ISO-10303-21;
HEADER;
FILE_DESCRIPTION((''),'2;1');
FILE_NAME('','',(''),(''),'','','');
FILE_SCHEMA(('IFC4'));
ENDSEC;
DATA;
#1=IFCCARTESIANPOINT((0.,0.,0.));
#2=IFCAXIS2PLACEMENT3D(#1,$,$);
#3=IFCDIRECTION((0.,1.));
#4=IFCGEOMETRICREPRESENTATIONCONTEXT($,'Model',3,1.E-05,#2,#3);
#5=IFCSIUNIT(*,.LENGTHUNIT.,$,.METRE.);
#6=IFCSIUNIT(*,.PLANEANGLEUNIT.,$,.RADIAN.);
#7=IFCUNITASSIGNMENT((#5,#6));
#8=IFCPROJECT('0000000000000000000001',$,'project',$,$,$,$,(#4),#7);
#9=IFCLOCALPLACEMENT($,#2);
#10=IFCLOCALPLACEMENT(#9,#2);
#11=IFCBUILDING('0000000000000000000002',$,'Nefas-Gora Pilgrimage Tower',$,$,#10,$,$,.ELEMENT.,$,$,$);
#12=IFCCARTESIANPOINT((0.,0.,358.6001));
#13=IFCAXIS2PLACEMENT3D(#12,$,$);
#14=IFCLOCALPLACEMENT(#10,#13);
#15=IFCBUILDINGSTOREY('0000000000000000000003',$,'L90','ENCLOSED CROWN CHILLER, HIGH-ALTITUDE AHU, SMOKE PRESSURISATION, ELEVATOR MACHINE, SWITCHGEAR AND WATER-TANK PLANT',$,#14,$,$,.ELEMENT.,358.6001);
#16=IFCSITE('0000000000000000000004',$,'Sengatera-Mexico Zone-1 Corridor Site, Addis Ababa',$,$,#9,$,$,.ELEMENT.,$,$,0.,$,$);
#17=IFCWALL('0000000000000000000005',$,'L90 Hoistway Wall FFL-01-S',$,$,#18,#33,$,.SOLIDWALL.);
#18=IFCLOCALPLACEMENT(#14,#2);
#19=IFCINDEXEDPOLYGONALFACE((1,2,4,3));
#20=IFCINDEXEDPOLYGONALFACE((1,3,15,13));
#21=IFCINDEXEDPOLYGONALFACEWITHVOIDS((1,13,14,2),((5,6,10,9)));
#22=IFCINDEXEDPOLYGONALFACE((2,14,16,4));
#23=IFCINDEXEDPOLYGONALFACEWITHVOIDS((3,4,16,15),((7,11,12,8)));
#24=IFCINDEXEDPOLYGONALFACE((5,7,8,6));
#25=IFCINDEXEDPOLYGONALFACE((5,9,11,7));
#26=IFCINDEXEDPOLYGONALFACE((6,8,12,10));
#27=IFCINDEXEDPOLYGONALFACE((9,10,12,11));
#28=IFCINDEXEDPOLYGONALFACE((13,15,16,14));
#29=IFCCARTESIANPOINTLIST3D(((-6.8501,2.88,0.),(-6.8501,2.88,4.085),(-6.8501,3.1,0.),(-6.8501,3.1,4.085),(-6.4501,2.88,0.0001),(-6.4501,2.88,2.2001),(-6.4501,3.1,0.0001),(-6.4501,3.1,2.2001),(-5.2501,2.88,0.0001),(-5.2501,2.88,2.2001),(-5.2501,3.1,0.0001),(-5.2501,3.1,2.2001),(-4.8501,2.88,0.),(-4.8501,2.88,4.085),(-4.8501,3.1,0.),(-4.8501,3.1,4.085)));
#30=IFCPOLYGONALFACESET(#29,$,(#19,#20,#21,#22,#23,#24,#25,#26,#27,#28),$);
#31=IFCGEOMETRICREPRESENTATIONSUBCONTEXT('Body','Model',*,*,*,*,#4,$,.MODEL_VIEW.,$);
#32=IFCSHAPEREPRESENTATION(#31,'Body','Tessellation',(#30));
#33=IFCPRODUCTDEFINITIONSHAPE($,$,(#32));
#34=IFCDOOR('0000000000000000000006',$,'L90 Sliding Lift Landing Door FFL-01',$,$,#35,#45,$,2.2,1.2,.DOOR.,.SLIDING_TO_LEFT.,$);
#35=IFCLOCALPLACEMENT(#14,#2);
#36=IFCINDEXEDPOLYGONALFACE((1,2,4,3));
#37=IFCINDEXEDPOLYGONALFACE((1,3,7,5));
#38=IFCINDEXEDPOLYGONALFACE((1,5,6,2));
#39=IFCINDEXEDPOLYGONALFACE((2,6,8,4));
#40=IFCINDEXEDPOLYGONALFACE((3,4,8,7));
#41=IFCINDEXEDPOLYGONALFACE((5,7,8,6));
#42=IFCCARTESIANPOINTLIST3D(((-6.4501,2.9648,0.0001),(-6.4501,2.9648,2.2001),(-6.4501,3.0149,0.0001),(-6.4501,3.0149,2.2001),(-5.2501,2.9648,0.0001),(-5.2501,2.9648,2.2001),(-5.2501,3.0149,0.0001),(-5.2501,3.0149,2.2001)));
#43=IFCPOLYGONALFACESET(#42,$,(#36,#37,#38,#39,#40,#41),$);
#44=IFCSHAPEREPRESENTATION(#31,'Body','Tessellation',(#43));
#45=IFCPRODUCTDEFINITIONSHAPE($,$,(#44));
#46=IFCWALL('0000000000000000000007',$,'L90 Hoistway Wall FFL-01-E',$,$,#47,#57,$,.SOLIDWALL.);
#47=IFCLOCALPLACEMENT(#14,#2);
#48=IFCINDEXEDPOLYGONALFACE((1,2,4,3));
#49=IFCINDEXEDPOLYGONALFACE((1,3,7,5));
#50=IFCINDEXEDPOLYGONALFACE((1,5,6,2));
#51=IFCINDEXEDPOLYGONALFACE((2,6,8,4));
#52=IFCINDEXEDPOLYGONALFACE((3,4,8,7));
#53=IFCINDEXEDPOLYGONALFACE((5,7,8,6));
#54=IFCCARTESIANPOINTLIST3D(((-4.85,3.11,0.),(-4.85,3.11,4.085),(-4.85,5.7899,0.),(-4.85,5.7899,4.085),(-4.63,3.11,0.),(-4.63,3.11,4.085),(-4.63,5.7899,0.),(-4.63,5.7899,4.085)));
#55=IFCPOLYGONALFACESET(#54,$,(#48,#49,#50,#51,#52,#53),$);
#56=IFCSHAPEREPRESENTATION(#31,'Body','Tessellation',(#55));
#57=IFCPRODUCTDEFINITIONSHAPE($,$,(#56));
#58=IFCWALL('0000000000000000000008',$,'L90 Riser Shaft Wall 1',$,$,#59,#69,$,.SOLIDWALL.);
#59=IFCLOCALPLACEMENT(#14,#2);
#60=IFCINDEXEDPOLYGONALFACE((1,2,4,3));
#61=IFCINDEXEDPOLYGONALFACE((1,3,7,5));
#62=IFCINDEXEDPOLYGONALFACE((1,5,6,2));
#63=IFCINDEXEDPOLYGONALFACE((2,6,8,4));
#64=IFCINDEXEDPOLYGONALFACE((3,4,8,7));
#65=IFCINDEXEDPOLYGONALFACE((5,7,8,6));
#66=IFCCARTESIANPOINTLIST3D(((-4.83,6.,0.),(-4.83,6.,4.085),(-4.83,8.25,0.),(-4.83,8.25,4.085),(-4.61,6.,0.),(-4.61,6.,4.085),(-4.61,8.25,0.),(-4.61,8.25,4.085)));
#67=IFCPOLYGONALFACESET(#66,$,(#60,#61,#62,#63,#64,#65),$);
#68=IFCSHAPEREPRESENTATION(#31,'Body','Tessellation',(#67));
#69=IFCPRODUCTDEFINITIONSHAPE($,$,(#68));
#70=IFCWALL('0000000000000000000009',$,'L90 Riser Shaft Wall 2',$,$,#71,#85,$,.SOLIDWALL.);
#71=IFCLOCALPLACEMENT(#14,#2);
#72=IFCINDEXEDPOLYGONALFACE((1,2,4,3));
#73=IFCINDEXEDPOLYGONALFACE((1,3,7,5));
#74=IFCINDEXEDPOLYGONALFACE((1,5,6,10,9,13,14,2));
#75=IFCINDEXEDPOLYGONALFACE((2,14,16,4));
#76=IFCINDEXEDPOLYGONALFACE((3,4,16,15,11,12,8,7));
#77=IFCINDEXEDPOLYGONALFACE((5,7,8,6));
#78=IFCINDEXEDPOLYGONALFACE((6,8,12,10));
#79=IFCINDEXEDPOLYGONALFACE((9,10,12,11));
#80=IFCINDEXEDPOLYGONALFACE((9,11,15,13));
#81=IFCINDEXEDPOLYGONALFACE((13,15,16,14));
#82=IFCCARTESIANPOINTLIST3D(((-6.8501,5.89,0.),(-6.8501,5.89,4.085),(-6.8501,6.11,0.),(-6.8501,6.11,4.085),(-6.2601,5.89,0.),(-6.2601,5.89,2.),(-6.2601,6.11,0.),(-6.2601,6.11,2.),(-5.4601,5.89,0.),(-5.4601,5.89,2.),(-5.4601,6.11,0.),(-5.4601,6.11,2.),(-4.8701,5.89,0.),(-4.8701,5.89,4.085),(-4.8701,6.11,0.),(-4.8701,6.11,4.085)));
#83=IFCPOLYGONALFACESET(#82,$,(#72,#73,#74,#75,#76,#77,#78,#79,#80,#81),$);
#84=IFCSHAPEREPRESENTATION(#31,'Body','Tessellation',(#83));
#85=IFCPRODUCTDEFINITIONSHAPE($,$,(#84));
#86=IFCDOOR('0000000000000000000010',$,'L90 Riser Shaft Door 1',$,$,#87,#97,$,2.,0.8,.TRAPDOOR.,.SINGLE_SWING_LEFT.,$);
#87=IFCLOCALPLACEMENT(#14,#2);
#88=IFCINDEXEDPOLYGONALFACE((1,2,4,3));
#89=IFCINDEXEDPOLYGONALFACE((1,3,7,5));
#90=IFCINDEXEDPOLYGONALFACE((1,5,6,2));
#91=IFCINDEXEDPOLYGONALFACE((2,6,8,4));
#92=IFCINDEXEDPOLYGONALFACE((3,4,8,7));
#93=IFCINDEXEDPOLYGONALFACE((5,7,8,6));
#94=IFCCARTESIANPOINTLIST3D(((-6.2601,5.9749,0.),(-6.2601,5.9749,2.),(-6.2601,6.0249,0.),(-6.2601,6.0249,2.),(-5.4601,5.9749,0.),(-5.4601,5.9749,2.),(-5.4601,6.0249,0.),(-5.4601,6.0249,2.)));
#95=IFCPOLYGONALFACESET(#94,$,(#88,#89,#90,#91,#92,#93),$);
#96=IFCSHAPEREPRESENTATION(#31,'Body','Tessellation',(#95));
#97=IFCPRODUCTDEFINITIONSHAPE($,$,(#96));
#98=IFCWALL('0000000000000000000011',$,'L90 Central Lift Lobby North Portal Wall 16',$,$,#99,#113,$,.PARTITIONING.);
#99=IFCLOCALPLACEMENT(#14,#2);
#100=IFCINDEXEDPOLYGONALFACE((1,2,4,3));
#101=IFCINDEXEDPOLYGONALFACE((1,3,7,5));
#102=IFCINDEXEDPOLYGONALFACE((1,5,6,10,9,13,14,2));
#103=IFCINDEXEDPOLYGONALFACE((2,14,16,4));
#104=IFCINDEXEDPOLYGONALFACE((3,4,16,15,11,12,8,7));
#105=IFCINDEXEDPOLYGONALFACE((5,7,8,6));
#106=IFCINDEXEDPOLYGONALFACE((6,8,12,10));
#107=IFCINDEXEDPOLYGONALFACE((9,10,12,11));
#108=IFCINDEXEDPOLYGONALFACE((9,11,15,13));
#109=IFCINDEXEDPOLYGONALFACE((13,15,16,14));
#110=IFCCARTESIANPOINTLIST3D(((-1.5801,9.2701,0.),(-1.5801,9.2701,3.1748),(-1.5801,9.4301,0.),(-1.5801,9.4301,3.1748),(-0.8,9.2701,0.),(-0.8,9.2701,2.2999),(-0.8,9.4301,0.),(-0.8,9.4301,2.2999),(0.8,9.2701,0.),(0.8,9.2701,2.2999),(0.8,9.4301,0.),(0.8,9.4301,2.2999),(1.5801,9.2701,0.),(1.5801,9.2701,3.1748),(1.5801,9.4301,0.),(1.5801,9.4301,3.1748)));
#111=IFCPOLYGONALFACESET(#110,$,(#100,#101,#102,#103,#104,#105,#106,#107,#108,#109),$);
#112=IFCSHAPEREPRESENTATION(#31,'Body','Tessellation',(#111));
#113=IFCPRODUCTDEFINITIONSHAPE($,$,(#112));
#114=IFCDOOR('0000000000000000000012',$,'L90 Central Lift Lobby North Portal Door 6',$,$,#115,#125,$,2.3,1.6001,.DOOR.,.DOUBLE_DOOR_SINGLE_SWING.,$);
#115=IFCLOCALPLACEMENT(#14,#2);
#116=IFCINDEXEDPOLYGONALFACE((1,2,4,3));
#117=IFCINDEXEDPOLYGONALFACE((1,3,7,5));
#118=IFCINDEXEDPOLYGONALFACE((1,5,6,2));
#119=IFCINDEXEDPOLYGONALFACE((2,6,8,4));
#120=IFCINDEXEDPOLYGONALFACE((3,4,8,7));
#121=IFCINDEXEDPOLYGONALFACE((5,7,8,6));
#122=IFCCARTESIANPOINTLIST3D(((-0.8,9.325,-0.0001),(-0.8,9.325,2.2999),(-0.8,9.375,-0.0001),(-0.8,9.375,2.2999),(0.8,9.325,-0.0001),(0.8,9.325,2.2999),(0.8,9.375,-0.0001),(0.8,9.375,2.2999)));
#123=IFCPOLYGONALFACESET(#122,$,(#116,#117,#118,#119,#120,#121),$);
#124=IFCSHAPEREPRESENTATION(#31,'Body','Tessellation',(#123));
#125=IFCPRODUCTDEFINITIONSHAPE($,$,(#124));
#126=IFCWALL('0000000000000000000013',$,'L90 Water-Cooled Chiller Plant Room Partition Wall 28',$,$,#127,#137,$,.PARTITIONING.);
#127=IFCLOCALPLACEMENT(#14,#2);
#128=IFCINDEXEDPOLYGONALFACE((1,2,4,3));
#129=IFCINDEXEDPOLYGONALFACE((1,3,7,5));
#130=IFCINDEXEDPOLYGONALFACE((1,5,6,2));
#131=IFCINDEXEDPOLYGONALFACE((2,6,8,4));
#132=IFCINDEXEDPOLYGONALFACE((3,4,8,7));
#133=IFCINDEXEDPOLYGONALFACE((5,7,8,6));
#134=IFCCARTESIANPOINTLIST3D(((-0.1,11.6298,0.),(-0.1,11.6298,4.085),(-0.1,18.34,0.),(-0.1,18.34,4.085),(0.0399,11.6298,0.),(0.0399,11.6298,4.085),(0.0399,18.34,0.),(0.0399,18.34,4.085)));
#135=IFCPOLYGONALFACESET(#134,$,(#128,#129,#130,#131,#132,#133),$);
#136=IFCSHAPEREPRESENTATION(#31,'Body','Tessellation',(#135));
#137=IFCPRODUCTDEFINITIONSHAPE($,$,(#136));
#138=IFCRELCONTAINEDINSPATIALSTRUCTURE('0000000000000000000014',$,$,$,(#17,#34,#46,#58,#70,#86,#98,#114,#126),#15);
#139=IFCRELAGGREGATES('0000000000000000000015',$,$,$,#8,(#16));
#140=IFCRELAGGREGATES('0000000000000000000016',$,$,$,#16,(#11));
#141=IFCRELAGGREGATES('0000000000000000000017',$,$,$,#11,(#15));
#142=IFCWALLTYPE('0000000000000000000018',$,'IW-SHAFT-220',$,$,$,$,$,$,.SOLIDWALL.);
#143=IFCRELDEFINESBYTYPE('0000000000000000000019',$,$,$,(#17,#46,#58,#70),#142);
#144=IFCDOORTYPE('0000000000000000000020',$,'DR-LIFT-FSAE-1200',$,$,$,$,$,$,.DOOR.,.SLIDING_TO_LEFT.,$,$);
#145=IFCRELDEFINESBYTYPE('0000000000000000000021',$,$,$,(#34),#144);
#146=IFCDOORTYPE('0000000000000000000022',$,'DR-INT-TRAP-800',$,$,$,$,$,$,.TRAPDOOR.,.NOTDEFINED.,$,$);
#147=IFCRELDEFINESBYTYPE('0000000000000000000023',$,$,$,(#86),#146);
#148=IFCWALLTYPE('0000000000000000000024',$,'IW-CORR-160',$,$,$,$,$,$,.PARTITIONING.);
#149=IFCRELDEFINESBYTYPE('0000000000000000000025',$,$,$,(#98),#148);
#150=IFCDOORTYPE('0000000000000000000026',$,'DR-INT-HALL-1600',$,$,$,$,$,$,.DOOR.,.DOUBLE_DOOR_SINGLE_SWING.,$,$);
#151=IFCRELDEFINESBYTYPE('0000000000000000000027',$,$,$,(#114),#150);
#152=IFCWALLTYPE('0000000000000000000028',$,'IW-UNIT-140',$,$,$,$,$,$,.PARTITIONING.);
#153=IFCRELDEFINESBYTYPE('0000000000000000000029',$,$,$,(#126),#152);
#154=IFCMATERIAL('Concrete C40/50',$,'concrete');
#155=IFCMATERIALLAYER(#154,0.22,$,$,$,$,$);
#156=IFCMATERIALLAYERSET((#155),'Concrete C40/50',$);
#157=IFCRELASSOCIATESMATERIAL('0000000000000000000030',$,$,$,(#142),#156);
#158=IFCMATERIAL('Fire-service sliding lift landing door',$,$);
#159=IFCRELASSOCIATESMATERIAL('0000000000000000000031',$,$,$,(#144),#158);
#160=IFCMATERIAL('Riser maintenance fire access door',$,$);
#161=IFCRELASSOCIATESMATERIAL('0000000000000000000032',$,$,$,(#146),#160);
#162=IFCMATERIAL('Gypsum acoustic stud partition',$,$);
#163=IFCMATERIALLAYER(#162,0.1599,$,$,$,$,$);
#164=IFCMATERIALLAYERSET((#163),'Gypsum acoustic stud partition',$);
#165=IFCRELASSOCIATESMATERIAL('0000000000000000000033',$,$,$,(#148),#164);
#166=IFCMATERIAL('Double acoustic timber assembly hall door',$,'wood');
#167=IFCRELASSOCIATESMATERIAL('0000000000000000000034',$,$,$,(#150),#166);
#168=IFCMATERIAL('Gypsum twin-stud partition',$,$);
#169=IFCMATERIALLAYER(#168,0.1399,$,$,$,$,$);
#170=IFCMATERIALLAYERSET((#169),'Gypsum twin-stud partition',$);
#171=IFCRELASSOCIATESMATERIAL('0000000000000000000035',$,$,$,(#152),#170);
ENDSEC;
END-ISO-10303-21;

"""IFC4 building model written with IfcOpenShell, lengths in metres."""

from ifc_helpers import new_model, si_unit, direction, frame, frame_2d, origin, place, context, subcontext, project, spatial, rectangle, extrude, source, transform, mapped, material, layer, layer_set, type_object, element, fill, save


model = new_model("IFC4")

# Units and contexts
model_context = context("Model", 3, precision=1e-05, world=origin(), true_north=direction((0.0, 1.0)))
body_context = subcontext(model_context, "Body", "Model", "MODEL_VIEW")
ifc_project = project(units=[si_unit("LENGTHUNIT", "METRE"), si_unit("PLANEANGLEUNIT", "RADIAN")], contexts=[model_context])

# Site, building, storey
site_placement = place(None, origin())
site = spatial("IfcSite", under=ifc_project, at=site_placement, Name="Sengatera-Mexico Zone-1 Corridor Site, Addis Ababa", CompositionType="ELEMENT", RefElevation=0.0)
building_placement = place(site_placement, origin())
building = spatial("IfcBuilding", under=site, at=building_placement, Name="Nefas-Gora Pilgrimage Tower", CompositionType="ELEMENT")
storey_placement = place(building_placement, frame((0.0, 0.0, 358.6001)))
storey = spatial("IfcBuildingStorey", under=building, at=storey_placement, Name="L90", Description="ENCLOSED CROWN CHILLER, HIGH-ALTITUDE AHU, SMOKE PRESSURISATION, ELEVATOR MACHINE, SWITCHGEAR AND WATER-TANK PLANT", CompositionType="ELEMENT", Elevation=358.6001)

# Wall, opening, door
ifc_material_1 = material(Name="Concrete C40/50", Category="concrete")
ifc_layer_1 = layer(ifc_material_1, 0.22)
ifc_layer_set_1 = layer_set([ifc_layer_1], Name="Concrete C40/50")
wall_type_1 = type_object("IfcWallType", Name="IW-SHAFT-220", PredefinedType="SOLIDWALL", material=ifc_layer_set_1)
shared_shape_1 = source(origin(), body_context, "Body", "SweptSolid", [
    extrude(rectangle(XDim=2.0, YDim=0.22, at=frame_2d((1.0, 0.0))), origin(), (0.0, 0.0, 1.0), 4.085),
])
wall_1_placement = place(storey_placement, frame((-6.8501, 2.99, 0.0), z_axis=(0.0, 0.0, 1.0), x_axis=(1.0, 0.0, 0.0)))
wall_1 = element("IfcWall", 1, at=wall_1_placement, inside=storey, type_object=wall_type_1, Name="L90 Hoistway Wall FFL-01-S", PredefinedType="SOLIDWALL", context=body_context, shape_type="MappedRepresentation", body=[
    mapped(shared_shape_1, transform((0.0, 0.0, 0.0), x_axis=(1.0, 0.0, 0.0), y_axis=(0.0, 1.0, 0.0), z_axis=(0.0, 0.0, 1.0), scale=1.0)),
])
opening_1_placement = place(wall_1_placement, frame((0.3999, 0.0, 0.0)))
opening_1 = element("IfcOpeningElement", 2, at=opening_1_placement, cuts=wall_1, PredefinedType="OPENING", context=body_context, shape_type="SweptSolid", body=[
    extrude(rectangle(XDim=1.2, YDim=2.2, at=frame_2d((0.6001, 1.1001))), frame((0.0, 0.1199, 0.0), z_axis=(0.0, -1.0, 0.0), x_axis=(1.0, 0.0, 0.0)), (0.0, 0.0, 1.0), 0.24),
])
ifc_material_2 = material(Name="Fire-service sliding lift landing door")
door_type_1 = type_object("IfcDoorType", Name="DR-LIFT-FSAE-1200", OperationType="SLIDING_TO_LEFT", PredefinedType="DOOR", material=ifc_material_2)
shared_shape_2 = source(origin(), body_context, "Body", "SweptSolid", [
    extrude(rectangle(XDim=1.2, YDim=2.2, at=frame_2d((0.6001, 1.1001))), frame((0.0, 0.0249, 0.0), z_axis=(0.0, -1.0, 0.0), x_axis=(1.0, 0.0, 0.0)), (0.0, 0.0, 1.0), 0.05),
])
door_1_placement = place(opening_1_placement, origin())
door_1 = element("IfcDoor", 3, at=door_1_placement, inside=storey, type_object=door_type_1, Name="L90 Sliding Lift Landing Door FFL-01", OperationType="SLIDING_TO_LEFT", OverallHeight=2.2, OverallWidth=1.2, PredefinedType="DOOR", context=body_context, shape_type="MappedRepresentation", body=[
    mapped(shared_shape_2, transform((0.0, 0.0, 0.0), x_axis=(1.0, 0.0, 0.0), y_axis=(0.0, 1.0, 0.0), z_axis=(0.0, 0.0, 1.0), scale=1.0)),
])
fill(opening_1, door_1)

# Walls
shared_shape_3 = source(origin(), body_context, "Body", "SweptSolid", [
    extrude(rectangle(XDim=2.6799, YDim=0.22, at=frame_2d((1.3398, 0.0))), origin(), (0.0, 0.0, 1.0), 4.085),
])
wall_2_placement = place(storey_placement, frame((-4.74, 3.1101, 0.0), z_axis=(0.0, 0.0, 1.0), x_axis=(0.0, 1.0, 0.0)))
element("IfcWall", 4, at=wall_2_placement, inside=storey, type_object=wall_type_1, Name="L90 Hoistway Wall FFL-01-E", PredefinedType="SOLIDWALL", context=body_context, shape_type="MappedRepresentation", body=[
    mapped(shared_shape_3, transform((0.0, 0.0, 0.0), x_axis=(1.0, 0.0, 0.0), y_axis=(0.0, 1.0, 0.0), z_axis=(0.0, 0.0, 1.0), scale=1.0)),
])
shared_shape_4 = source(origin(), body_context, "Body", "SweptSolid", [
    extrude(rectangle(XDim=2.25, YDim=0.22, at=frame_2d((1.125, 0.0))), origin(), (0.0, 0.0, 1.0), 4.085),
])
wall_3_placement = place(storey_placement, frame((-4.72, 6.0, 0.0), z_axis=(0.0, 0.0, 1.0), x_axis=(0.0, 1.0, 0.0)))
element("IfcWall", 5, at=wall_3_placement, inside=storey, type_object=wall_type_1, Name="L90 Riser Shaft Wall 1", PredefinedType="SOLIDWALL", context=body_context, shape_type="MappedRepresentation", body=[
    mapped(shared_shape_4, transform((0.0, 0.0, 0.0), x_axis=(1.0, 0.0, 0.0), y_axis=(0.0, 1.0, 0.0), z_axis=(0.0, 0.0, 1.0), scale=1.0)),
])

# Walls, openings, doors
shared_shape_5 = source(origin(), body_context, "Body", "SweptSolid", [
    extrude(rectangle(XDim=1.98, YDim=0.22, at=frame_2d((0.99, 0.0))), origin(), (0.0, 0.0, 1.0), 4.085),
])
wall_4_placement = place(storey_placement, frame((-6.8501, 6.0, 0.0), z_axis=(0.0, 0.0, 1.0), x_axis=(1.0, 0.0, 0.0)))
wall_4 = element("IfcWall", 6, at=wall_4_placement, inside=storey, type_object=wall_type_1, Name="L90 Riser Shaft Wall 2", PredefinedType="SOLIDWALL", context=body_context, shape_type="MappedRepresentation", body=[
    mapped(shared_shape_5, transform((0.0, 0.0, 0.0), x_axis=(1.0, 0.0, 0.0), y_axis=(0.0, 1.0, 0.0), z_axis=(0.0, 0.0, 1.0), scale=1.0)),
])
opening_2_placement = place(wall_4_placement, frame((0.5901, 0.0, 0.0)))
opening_2 = element("IfcOpeningElement", 7, at=opening_2_placement, cuts=wall_4, PredefinedType="OPENING", context=body_context, shape_type="SweptSolid", body=[
    extrude(rectangle(XDim=0.8, YDim=2.0, at=frame_2d((0.3999, 1.0))), frame((0.0, 0.1199, 0.0), z_axis=(0.0, -1.0, 0.0), x_axis=(1.0, 0.0, 0.0)), (0.0, 0.0, 1.0), 0.24),
])
ifc_material_3 = material(Name="Riser maintenance fire access door")
door_type_2 = type_object("IfcDoorType", Name="DR-INT-TRAP-800", OperationType="NOTDEFINED", PredefinedType="TRAPDOOR", material=ifc_material_3)
shared_shape_6 = source(origin(), body_context, "Body", "SweptSolid", [
    extrude(rectangle(XDim=0.8, YDim=2.0, at=frame_2d((0.3999, 1.0))), frame((0.0, 0.0249, 0.0), z_axis=(0.0, -1.0, 0.0), x_axis=(1.0, 0.0, 0.0)), (0.0, 0.0, 1.0), 0.05),
])
door_2_placement = place(opening_2_placement, origin())
door_2 = element("IfcDoor", 8, at=door_2_placement, inside=storey, type_object=door_type_2, Name="L90 Riser Shaft Door 1", OperationType="SINGLE_SWING_LEFT", OverallHeight=2.0, OverallWidth=0.8, PredefinedType="TRAPDOOR", context=body_context, shape_type="MappedRepresentation", body=[
    mapped(shared_shape_6, transform((0.0, 0.0, 0.0), x_axis=(1.0, 0.0, 0.0), y_axis=(0.0, 1.0, 0.0), z_axis=(0.0, 0.0, 1.0), scale=1.0)),
])
fill(opening_2, door_2)
ifc_material_4 = material(Name="Gypsum acoustic stud partition")
ifc_layer_2 = layer(ifc_material_4, 0.1599)
ifc_layer_set_2 = layer_set([ifc_layer_2], Name="Gypsum acoustic stud partition")
wall_type_2 = type_object("IfcWallType", Name="IW-CORR-160", PredefinedType="PARTITIONING", material=ifc_layer_set_2)
shared_shape_7 = source(origin(), body_context, "Body", "SweptSolid", [
    extrude(rectangle(XDim=3.1602, YDim=0.1599, at=frame_2d((1.5801, 0.0))), origin(), (0.0, 0.0, 1.0), 3.1748),
])
wall_5_placement = place(storey_placement, frame((-1.5801, 9.3501, 0.0), z_axis=(0.0, 0.0, 1.0), x_axis=(1.0, 0.0, 0.0)))
wall_5 = element("IfcWall", 9, at=wall_5_placement, inside=storey, type_object=wall_type_2, Name="L90 Central Lift Lobby North Portal Wall 16", PredefinedType="PARTITIONING", context=body_context, shape_type="MappedRepresentation", body=[
    mapped(shared_shape_7, transform((0.0, 0.0, 0.0), x_axis=(1.0, 0.0, 0.0), y_axis=(0.0, 1.0, 0.0), z_axis=(0.0, 0.0, 1.0), scale=1.0)),
])
opening_3_placement = place(wall_5_placement, frame((0.78, 0.0, 0.0)))
opening_3 = element("IfcOpeningElement", 10, at=opening_3_placement, cuts=wall_5, PredefinedType="OPENING", context=body_context, shape_type="SweptSolid", body=[
    extrude(rectangle(XDim=1.6001, YDim=2.3, at=frame_2d((0.8, 1.1499))), frame((0.0, 0.0898, 0.0), z_axis=(0.0, -1.0, 0.0), x_axis=(1.0, 0.0, 0.0)), (0.0, 0.0, 1.0), 0.1799),
])
ifc_material_5 = material(Name="Double acoustic timber assembly hall door", Category="wood")
door_type_3 = type_object("IfcDoorType", Name="DR-INT-HALL-1600", OperationType="DOUBLE_DOOR_SINGLE_SWING", PredefinedType="DOOR", material=ifc_material_5)
shared_shape_8 = source(origin(), body_context, "Body", "SweptSolid", [
    extrude(rectangle(XDim=1.6001, YDim=2.3, at=frame_2d((0.8, 1.1499))), frame((0.0, 0.0249, 0.0), z_axis=(0.0, -1.0, 0.0), x_axis=(1.0, 0.0, 0.0)), (0.0, 0.0, 1.0), 0.05),
])
door_3_placement = place(opening_3_placement, origin())
door_3 = element("IfcDoor", 11, at=door_3_placement, inside=storey, type_object=door_type_3, Name="L90 Central Lift Lobby North Portal Door 6", OperationType="DOUBLE_DOOR_SINGLE_SWING", OverallHeight=2.3, OverallWidth=1.6001, PredefinedType="DOOR", context=body_context, shape_type="MappedRepresentation", body=[
    mapped(shared_shape_8, transform((0.0, 0.0, 0.0), x_axis=(1.0, 0.0, 0.0), y_axis=(0.0, 1.0, 0.0), z_axis=(0.0, 0.0, 1.0), scale=1.0)),
])
fill(opening_3, door_3)

# Wall
ifc_material_6 = material(Name="Gypsum twin-stud partition")
ifc_layer_3 = layer(ifc_material_6, 0.1399)
ifc_layer_set_3 = layer_set([ifc_layer_3], Name="Gypsum twin-stud partition")
wall_type_3 = type_object("IfcWallType", Name="IW-UNIT-140", PredefinedType="PARTITIONING", material=ifc_layer_set_3)
shared_shape_9 = source(origin(), body_context, "Body", "SweptSolid", [
    extrude(rectangle(XDim=6.7102, YDim=0.1399, at=frame_2d((3.355, 0.0))), origin(), (0.0, 0.0, 1.0), 4.085),
])
wall_6_placement = place(storey_placement, frame((-0.03, 11.6299, 0.0), z_axis=(0.0, 0.0, 1.0), x_axis=(0.0, 1.0, 0.0)))
element("IfcWall", 12, at=wall_6_placement, inside=storey, type_object=wall_type_3, Name="L90 Water-Cooled Chiller Plant Room Partition Wall 28", PredefinedType="PARTITIONING", context=body_context, shape_type="MappedRepresentation", body=[
    mapped(shared_shape_9, transform((0.0, 0.0, 0.0), x_axis=(1.0, 0.0, 0.0), y_axis=(0.0, 1.0, 0.0), z_axis=(0.0, 0.0, 1.0), scale=1.0)),
])

save(model, "model.ifc")
